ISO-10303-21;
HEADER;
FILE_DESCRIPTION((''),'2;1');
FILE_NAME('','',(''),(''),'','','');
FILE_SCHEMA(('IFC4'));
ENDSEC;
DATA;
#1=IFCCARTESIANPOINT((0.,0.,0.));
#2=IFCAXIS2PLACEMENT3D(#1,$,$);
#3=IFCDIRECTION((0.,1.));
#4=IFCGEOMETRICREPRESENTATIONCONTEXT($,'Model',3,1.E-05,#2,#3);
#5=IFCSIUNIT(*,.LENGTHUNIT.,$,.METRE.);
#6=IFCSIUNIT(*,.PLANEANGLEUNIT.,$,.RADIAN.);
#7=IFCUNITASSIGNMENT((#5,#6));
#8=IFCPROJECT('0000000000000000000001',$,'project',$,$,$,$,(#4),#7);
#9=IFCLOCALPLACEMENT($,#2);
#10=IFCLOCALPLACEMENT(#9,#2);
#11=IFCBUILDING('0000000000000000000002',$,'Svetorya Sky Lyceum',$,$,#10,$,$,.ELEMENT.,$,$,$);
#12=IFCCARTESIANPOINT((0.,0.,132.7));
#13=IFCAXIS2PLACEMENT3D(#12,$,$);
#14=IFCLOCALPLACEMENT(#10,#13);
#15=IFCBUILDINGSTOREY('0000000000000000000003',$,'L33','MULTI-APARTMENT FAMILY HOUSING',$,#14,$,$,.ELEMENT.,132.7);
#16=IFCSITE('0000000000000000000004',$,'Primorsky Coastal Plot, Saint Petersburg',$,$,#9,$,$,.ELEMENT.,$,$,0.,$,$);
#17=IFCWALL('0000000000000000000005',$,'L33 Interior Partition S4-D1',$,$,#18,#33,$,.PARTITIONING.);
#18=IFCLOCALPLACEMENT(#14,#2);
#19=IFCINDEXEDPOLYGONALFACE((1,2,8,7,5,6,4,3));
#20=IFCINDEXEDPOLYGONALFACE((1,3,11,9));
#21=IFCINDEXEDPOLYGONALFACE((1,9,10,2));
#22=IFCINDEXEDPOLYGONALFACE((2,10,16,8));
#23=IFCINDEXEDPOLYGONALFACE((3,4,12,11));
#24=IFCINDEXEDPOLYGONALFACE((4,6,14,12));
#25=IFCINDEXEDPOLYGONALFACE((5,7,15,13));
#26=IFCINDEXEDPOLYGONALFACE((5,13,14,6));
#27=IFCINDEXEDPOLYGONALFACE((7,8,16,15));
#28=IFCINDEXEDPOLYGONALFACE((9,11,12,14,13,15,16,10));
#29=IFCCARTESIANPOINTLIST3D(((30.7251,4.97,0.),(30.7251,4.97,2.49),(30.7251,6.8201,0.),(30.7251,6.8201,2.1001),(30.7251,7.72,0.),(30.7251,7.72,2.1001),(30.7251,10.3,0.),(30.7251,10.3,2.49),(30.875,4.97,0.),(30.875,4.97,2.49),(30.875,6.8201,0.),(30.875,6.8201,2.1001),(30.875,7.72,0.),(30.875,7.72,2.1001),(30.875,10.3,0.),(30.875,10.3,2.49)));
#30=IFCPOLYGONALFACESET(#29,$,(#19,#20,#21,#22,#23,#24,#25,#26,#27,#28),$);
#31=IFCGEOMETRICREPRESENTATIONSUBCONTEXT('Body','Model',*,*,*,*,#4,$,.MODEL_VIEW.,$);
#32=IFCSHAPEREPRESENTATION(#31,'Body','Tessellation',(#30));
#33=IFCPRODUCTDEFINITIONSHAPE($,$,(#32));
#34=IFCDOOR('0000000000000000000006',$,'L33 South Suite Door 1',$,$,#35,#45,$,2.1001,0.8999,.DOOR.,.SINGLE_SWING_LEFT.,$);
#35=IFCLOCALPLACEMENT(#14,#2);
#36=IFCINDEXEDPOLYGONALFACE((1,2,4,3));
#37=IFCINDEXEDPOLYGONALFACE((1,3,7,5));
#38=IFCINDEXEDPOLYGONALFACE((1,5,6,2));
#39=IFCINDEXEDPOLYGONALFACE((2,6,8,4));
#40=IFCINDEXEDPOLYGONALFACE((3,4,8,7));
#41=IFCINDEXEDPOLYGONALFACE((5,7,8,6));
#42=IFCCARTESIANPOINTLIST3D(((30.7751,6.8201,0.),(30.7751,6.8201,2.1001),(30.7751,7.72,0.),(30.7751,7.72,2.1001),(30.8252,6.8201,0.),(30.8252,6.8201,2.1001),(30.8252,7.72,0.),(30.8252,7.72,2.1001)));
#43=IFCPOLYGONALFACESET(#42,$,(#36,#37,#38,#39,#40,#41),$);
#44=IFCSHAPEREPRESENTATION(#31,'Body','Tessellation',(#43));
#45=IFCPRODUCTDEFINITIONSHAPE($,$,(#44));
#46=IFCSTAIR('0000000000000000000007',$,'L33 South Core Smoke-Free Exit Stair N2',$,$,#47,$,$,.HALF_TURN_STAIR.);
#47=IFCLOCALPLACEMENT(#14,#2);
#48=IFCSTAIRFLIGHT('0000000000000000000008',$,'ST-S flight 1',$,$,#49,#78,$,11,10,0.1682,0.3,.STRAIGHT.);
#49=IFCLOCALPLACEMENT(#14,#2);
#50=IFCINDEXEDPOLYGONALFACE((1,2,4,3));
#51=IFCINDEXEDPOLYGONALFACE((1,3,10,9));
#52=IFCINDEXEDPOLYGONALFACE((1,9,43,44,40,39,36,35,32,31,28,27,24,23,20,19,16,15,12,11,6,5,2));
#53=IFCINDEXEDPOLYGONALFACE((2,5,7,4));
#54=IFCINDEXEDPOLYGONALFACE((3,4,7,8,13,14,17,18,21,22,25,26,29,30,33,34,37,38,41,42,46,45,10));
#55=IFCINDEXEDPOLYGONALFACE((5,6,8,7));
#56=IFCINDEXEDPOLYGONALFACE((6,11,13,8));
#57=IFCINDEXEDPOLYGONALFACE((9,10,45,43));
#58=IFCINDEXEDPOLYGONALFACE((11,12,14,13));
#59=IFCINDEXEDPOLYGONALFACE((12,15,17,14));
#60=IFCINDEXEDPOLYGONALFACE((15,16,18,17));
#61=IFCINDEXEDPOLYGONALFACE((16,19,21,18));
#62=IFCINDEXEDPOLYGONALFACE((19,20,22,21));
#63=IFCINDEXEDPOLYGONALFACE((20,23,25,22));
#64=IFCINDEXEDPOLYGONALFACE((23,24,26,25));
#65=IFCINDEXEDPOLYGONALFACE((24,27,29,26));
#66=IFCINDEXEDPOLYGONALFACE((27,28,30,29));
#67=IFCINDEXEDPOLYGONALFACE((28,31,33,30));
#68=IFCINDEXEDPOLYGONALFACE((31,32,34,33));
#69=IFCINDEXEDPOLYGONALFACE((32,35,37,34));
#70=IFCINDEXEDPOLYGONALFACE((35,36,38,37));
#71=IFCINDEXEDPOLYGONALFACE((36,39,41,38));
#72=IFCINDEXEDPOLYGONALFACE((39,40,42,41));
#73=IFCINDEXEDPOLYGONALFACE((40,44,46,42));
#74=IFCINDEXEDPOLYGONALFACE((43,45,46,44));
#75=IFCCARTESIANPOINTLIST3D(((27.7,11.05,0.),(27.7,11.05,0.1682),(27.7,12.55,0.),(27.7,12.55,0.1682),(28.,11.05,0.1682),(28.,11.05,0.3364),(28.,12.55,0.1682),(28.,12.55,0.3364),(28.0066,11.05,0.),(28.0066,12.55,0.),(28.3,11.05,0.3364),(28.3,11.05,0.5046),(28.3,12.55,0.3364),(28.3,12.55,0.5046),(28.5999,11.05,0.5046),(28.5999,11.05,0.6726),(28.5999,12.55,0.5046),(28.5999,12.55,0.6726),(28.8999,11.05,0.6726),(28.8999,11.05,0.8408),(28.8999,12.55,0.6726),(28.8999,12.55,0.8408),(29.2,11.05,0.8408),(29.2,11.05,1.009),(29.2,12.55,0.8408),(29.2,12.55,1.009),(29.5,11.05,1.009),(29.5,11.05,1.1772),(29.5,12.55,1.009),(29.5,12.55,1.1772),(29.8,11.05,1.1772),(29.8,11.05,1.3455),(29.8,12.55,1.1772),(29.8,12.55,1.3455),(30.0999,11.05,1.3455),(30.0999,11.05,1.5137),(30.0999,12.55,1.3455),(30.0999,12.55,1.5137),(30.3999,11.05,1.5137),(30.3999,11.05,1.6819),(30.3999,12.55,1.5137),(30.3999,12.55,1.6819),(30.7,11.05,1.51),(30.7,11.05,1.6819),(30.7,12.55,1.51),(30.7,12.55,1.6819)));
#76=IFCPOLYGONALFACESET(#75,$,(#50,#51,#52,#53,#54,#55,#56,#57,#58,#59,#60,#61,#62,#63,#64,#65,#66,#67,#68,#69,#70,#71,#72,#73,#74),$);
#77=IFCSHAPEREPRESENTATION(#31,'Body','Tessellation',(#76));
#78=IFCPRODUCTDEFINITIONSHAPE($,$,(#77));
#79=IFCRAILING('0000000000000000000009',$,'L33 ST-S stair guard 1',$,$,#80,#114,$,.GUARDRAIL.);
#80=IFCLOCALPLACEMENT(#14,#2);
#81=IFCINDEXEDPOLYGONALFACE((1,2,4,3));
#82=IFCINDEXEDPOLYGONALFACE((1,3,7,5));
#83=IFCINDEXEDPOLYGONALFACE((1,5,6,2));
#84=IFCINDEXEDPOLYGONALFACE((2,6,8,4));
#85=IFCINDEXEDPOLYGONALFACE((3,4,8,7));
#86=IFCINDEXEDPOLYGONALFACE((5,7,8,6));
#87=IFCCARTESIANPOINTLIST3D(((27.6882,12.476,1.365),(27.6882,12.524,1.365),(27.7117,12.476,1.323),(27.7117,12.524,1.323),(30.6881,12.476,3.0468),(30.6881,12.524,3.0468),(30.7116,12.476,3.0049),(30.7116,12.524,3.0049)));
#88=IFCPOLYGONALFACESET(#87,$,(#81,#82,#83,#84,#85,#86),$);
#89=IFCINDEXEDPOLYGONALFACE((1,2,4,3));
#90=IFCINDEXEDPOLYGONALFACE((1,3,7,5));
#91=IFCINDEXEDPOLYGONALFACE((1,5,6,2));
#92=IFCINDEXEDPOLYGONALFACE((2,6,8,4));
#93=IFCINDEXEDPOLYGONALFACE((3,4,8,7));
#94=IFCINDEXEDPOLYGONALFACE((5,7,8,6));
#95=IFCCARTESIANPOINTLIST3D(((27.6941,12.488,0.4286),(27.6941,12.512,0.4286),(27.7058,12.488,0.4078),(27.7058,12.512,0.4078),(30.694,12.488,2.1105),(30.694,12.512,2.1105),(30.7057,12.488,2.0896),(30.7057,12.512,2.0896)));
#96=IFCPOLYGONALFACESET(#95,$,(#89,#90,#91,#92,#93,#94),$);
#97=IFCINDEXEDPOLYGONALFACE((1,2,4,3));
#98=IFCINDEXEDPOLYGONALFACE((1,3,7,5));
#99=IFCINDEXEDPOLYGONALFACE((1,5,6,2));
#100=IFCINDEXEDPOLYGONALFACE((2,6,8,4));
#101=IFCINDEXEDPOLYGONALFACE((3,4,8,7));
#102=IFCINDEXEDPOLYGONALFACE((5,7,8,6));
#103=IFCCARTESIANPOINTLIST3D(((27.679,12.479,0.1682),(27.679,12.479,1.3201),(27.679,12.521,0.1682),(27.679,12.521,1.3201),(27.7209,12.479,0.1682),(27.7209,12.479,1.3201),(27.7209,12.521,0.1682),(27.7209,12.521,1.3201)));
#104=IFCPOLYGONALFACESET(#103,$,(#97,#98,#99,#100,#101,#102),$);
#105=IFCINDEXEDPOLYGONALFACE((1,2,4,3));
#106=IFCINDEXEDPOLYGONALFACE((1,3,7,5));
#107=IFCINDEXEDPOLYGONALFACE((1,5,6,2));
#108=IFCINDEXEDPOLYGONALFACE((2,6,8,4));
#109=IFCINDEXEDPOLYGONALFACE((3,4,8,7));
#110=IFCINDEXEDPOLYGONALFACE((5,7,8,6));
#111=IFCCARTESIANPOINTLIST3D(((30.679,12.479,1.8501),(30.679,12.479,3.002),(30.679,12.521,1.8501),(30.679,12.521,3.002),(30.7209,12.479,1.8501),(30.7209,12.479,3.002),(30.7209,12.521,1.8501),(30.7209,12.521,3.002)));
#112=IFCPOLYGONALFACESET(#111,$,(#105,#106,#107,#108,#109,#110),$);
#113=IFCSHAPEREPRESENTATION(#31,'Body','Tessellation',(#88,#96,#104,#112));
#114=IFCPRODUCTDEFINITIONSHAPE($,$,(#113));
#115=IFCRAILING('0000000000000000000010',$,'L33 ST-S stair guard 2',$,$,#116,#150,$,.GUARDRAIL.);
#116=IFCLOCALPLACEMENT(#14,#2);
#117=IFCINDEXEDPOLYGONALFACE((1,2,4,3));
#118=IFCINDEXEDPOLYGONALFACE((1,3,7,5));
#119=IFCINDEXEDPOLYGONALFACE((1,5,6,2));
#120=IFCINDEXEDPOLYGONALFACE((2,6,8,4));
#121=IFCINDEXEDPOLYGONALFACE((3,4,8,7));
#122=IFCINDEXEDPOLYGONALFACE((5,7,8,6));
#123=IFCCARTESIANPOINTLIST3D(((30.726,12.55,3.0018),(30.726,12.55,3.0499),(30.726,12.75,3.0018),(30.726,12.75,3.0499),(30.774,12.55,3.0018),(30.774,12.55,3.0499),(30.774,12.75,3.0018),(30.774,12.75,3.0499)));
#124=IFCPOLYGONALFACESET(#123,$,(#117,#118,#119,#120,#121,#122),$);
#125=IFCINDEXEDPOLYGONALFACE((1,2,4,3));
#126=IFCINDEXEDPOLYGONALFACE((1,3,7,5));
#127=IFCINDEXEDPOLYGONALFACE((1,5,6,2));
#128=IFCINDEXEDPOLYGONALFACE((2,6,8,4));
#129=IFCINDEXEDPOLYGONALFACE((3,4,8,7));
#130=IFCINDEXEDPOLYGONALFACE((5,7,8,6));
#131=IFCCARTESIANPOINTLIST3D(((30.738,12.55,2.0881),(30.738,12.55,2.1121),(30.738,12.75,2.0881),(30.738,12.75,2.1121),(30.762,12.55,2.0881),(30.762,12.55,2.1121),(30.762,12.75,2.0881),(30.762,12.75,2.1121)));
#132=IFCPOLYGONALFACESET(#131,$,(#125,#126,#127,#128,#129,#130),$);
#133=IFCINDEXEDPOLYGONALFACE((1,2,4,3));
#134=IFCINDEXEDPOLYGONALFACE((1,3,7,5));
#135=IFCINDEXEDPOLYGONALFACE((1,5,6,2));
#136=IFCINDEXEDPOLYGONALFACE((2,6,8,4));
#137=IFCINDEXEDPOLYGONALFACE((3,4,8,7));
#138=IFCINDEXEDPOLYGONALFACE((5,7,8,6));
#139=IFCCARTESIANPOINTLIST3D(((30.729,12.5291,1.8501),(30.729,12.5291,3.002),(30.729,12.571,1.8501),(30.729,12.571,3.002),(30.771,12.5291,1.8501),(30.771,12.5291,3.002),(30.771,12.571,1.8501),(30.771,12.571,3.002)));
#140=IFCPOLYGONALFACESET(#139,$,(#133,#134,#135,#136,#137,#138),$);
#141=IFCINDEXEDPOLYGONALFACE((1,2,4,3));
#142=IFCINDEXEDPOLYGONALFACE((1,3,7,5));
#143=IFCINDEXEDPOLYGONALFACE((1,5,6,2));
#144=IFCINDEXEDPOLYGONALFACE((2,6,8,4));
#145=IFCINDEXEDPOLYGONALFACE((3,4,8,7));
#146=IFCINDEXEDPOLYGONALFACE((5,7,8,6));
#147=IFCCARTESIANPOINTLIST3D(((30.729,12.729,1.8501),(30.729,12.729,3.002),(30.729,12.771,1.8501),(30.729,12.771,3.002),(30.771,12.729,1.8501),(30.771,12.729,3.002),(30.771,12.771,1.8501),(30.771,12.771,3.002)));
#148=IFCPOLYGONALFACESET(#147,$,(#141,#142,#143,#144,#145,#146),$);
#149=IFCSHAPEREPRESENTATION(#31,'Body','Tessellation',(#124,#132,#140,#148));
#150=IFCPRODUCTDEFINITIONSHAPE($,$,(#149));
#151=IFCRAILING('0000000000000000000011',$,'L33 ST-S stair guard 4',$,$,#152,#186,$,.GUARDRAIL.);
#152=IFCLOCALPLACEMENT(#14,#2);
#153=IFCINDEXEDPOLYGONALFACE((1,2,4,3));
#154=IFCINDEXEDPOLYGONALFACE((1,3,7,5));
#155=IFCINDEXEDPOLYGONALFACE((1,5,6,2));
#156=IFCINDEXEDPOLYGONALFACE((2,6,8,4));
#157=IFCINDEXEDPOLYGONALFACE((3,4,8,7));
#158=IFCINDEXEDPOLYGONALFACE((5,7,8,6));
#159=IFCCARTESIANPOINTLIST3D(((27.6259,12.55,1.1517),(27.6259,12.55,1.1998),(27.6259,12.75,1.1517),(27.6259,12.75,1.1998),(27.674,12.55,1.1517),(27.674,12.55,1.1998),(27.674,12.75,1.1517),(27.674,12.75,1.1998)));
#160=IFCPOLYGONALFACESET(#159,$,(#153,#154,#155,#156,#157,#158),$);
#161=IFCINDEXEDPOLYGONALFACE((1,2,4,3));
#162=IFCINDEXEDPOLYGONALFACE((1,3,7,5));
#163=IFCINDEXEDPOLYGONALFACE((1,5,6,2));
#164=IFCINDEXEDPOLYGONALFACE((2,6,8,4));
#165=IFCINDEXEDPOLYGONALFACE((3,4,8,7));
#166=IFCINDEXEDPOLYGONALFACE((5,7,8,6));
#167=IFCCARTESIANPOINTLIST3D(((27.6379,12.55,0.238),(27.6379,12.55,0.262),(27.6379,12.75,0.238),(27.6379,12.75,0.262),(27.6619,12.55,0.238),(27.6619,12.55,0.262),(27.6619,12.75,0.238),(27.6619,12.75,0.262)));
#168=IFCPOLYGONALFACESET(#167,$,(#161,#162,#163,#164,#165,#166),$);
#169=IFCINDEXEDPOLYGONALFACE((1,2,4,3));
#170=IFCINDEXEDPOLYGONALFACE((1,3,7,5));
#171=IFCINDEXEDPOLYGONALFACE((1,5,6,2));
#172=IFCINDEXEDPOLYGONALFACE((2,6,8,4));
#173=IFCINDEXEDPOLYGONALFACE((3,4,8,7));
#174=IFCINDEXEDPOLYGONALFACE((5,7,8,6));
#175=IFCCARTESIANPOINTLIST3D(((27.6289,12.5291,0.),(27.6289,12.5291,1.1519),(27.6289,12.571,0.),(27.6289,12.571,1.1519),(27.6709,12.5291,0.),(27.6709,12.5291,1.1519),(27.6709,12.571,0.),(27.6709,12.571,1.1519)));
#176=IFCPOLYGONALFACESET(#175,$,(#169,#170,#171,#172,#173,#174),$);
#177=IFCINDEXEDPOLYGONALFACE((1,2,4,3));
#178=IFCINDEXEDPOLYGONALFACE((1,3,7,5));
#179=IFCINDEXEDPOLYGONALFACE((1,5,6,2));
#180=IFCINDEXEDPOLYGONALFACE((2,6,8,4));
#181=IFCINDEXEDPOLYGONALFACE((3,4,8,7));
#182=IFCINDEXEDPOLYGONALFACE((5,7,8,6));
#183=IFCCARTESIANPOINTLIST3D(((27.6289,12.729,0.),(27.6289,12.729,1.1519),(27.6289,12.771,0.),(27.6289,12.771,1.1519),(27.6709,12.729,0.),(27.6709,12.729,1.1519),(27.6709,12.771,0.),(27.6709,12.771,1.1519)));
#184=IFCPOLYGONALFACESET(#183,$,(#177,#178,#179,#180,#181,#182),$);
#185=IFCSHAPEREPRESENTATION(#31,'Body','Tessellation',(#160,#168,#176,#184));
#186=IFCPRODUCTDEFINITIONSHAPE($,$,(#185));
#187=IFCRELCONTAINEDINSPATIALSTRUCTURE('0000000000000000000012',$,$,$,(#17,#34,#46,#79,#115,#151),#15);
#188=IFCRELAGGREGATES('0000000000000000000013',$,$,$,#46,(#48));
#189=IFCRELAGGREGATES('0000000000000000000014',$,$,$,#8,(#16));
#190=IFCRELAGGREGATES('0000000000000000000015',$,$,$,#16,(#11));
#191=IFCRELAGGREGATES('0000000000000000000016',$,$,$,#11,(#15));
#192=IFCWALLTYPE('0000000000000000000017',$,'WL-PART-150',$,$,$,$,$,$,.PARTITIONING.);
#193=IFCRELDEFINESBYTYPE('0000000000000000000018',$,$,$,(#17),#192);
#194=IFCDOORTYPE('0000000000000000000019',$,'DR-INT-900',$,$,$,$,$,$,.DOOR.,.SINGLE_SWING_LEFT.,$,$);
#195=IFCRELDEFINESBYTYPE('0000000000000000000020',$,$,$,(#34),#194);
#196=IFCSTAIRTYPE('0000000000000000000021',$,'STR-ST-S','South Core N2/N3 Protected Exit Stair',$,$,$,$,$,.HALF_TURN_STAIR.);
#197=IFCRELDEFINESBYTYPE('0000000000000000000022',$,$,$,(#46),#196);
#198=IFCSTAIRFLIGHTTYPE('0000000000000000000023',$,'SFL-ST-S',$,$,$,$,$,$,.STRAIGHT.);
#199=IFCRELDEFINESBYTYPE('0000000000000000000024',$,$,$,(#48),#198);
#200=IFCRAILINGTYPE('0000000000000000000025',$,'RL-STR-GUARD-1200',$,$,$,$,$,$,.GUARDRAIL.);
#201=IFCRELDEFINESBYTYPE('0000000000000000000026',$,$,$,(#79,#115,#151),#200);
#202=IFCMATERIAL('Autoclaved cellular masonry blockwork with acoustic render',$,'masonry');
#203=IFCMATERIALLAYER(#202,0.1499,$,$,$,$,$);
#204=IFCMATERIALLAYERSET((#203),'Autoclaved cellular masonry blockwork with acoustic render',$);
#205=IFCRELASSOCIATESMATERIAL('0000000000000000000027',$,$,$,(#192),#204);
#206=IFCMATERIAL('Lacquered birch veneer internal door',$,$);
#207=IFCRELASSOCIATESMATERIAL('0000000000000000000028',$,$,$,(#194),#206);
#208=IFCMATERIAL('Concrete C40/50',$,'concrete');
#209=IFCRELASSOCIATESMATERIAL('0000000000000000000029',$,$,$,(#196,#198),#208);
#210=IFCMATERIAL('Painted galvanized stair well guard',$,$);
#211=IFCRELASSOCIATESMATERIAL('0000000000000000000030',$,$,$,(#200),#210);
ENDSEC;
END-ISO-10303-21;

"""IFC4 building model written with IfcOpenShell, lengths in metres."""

from ifc_helpers import new_model, si_unit, direction, frame, frame_2d, origin, origin_2d, place, context, subcontext, project, spatial, polyline, rectangle, outline, extrude, material, layer, layer_set, type_object, element, fill, aggregate, save


model = new_model("IFC4")

# Units and contexts
model_context = context("Model", 3, precision=1e-05, world=origin(), true_north=direction((0.0, 1.0)))
body_context = subcontext(model_context, "Body", "Model", "MODEL_VIEW")
ifc_project = project(units=[si_unit("LENGTHUNIT", "METRE"), si_unit("PLANEANGLEUNIT", "RADIAN")], contexts=[model_context])

# Site, building, storey
site_placement = place(None, origin())
site = spatial("IfcSite", under=ifc_project, at=site_placement, Name="Primorsky Coastal Plot, Saint Petersburg", CompositionType="ELEMENT", RefElevation=0.0)
building_placement = place(site_placement, origin())
building = spatial("IfcBuilding", under=site, at=building_placement, Name="Svetorya Sky Lyceum", CompositionType="ELEMENT")
storey_placement = place(building_placement, frame((0.0, 0.0, 132.7)))
storey = spatial("IfcBuildingStorey", under=building, at=storey_placement, Name="L33", Description="MULTI-APARTMENT FAMILY HOUSING", CompositionType="ELEMENT", Elevation=132.7)

# Shared definitions
ifc_material_1 = material(Name="Concrete C40/50", Category="concrete")

# Wall, opening, door
ifc_material_2 = material(Name="Autoclaved cellular masonry blockwork with acoustic render", Category="masonry")
ifc_layer_1 = layer(ifc_material_2, 0.1499)
ifc_layer_set_1 = layer_set([ifc_layer_1], Name="Autoclaved cellular masonry blockwork with acoustic render")
wall_type_1 = type_object("IfcWallType", Name="WL-PART-150", PredefinedType="PARTITIONING", material=ifc_layer_set_1)
wall_1_placement = place(storey_placement, frame((30.8, 4.97, 0.0), z_axis=(0.0, 0.0, 1.0), x_axis=(0.0, 1.0, 0.0)))
wall_1 = element("IfcWall", 1, at=wall_1_placement, inside=storey, type_object=wall_type_1, Name="L33 Interior Partition S4-D1", PredefinedType="PARTITIONING", context=body_context, shape_type="SweptSolid", body=[
    extrude(rectangle(XDim=5.3301, YDim=0.1499, at=frame_2d((2.665, 0.0))), origin(), (0.0, 0.0, 1.0), 2.49),
])
opening_placement = place(wall_1_placement, frame((1.8501, 0.0, 0.0)))
opening = element("IfcOpeningElement", 2, at=opening_placement, cuts=wall_1, PredefinedType="OPENING", context=body_context, shape_type="SweptSolid", body=[
    extrude(rectangle(XDim=0.8999, YDim=2.1001, at=frame_2d((0.45, 1.05))), frame((0.0, 0.085, 0.0), z_axis=(0.0, -1.0, 0.0), x_axis=(1.0, 0.0, 0.0)), (0.0, 0.0, 1.0), 0.1699),
])
ifc_material_3 = material(Name="Lacquered birch veneer internal door")
door_type = type_object("IfcDoorType", Name="DR-INT-900", OperationType="SINGLE_SWING_LEFT", PredefinedType="DOOR", material=ifc_material_3)
door_placement = place(opening_placement, origin())
door = element("IfcDoor", 3, at=door_placement, inside=storey, type_object=door_type, Name="L33 South Suite Door 1", OperationType="SINGLE_SWING_LEFT", OverallHeight=2.1001, OverallWidth=0.8999, PredefinedType="DOOR", context=body_context, shape_type="SweptSolid", body=[
    extrude(rectangle(XDim=0.8999, YDim=2.1001, at=frame_2d((0.45, 1.05))), frame((0.0, 0.0249, 0.0), z_axis=(0.0, -1.0, 0.0), x_axis=(1.0, 0.0, 0.0)), (0.0, 0.0, 1.0), 0.05),
])
fill(opening, door)

# Stair, stair flight
stair_type = type_object("IfcStairType", Name="STR-ST-S", Description="South Core N2/N3 Protected Exit Stair", PredefinedType="HALF_TURN_STAIR", material=ifc_material_1)
stair_placement = place(storey_placement, origin())
stair = element("IfcStair", 4, at=stair_placement, inside=storey, type_object=stair_type, Name="L33 South Core Smoke-Free Exit Stair N2", PredefinedType="HALF_TURN_STAIR")
stair_flight_type = type_object("IfcStairFlightType", Name="SFL-ST-S", PredefinedType="STRAIGHT", material=ifc_material_1)
stair_flight_placement = place(storey_placement, frame((27.7, 11.8, 0.0), z_axis=(0.0, 0.0, 1.0), x_axis=(1.0, 0.0, 0.0)))
stair_flight = element("IfcStairFlight", 5, at=stair_flight_placement, type_object=stair_flight_type, Name="ST-S flight 1", NumberOfRisers=11, NumberOfTreads=10, PredefinedType="STRAIGHT", RiserHeight=0.1682, TreadLength=0.3, context=body_context, shape_type="SweptSolid", body=[
    extrude(outline(polyline([(0.0, 0.0), (0.0, 0.1682), (0.3, 0.1682), (0.3, 0.3364), (0.6001, 0.3364), (0.6001, 0.5046), (0.8999, 0.5046), (0.8999, 0.6726), (1.2, 0.6726), (1.2, 0.8408), (1.5, 0.8408), (1.5, 1.009), (1.8, 1.009), (1.8, 1.1772), (2.1001, 1.1772), (2.1001, 1.3455), (2.3999, 1.3455), (2.3999, 1.5137), (2.7, 1.5137), (2.7, 1.6819), (3.0, 1.6819), (3.0, 1.8501), (3.0, 1.51), (0.3066, 0.0), (0.0, 0.0)])), frame((0.0, 0.75, 0.0), z_axis=(0.0, -1.0, 0.0), x_axis=(1.0, 0.0, 0.0)), (0.0, 0.0, 1.0), 1.5),
])
aggregate(stair, [stair_flight])

# Railings
ifc_material_4 = material(Name="Painted galvanized stair well guard")
railing_type_1 = type_object("IfcRailingType", Name="RL-STR-GUARD-1200", PredefinedType="GUARDRAIL", material=ifc_material_4)
railing_1_placement = place(storey_placement, frame((27.7, 12.5, 0.1682)))
element("IfcRailing", 6, at=railing_1_placement, inside=storey, type_object=railing_type_1, Name="L33 ST-S stair guard 1", PredefinedType="GUARDRAIL", context=body_context, shape_type="SweptSolid", body=[
    extrude(rectangle(XDim=0.0481, YDim=0.0481, at=origin_2d()), frame((0.0, 0.0, 1.1758), z_axis=(0.872272, 0.0, 0.48902), x_axis=(0.0, 1.0, 0.0)), (0.0, 0.0, 1.0), 3.4392),
    extrude(rectangle(XDim=0.0239, YDim=0.0239, at=origin_2d()), frame((0.0, 0.0, 0.25), z_axis=(0.872272, 0.0, 0.48902), x_axis=(0.0, 1.0, 0.0)), (0.0, 0.0, 1.0), 3.4392),
    extrude(rectangle(XDim=0.042, YDim=0.042, at=origin_2d()), origin(), (0.0, 0.0, 1.0), 1.1519),
    extrude(rectangle(XDim=0.042, YDim=0.042, at=origin_2d()), frame((3.0, 0.0, 1.6819)), (0.0, 0.0, 1.0), 1.1519),
])
for number, where, name in (
    (7, (30.75, 12.55, 1.8501), "L33 ST-S stair guard 2"),
    (8, (27.6499, 12.55, 0.0), "L33 ST-S stair guard 4"),
):
    element("IfcRailing", number, at=place(storey_placement, frame(where)), inside=storey, type_object=railing_type_1, Name=name, PredefinedType="GUARDRAIL", context=body_context, shape_type="SweptSolid", body=[
        extrude(rectangle(XDim=0.0481, YDim=0.0481, at=origin_2d()), frame((0.0, 0.0, 1.1758), z_axis=(0.0, 1.0, 0.0), x_axis=(-1.0, 0.0, 0.0)), (0.0, 0.0, 1.0), 0.2),
        extrude(rectangle(XDim=0.0239, YDim=0.0239, at=origin_2d()), frame((0.0, 0.0, 0.25), z_axis=(0.0, 1.0, 0.0), x_axis=(-1.0, 0.0, 0.0)), (0.0, 0.0, 1.0), 0.2),
        extrude(rectangle(XDim=0.042, YDim=0.042, at=origin_2d()), origin(), (0.0, 0.0, 1.0), 1.1519),
        extrude(rectangle(XDim=0.042, YDim=0.042, at=origin_2d()), frame((0.0, 0.2, 0.0)), (0.0, 0.0, 1.0), 1.1519),
    ])

save(model, "model.ifc")
